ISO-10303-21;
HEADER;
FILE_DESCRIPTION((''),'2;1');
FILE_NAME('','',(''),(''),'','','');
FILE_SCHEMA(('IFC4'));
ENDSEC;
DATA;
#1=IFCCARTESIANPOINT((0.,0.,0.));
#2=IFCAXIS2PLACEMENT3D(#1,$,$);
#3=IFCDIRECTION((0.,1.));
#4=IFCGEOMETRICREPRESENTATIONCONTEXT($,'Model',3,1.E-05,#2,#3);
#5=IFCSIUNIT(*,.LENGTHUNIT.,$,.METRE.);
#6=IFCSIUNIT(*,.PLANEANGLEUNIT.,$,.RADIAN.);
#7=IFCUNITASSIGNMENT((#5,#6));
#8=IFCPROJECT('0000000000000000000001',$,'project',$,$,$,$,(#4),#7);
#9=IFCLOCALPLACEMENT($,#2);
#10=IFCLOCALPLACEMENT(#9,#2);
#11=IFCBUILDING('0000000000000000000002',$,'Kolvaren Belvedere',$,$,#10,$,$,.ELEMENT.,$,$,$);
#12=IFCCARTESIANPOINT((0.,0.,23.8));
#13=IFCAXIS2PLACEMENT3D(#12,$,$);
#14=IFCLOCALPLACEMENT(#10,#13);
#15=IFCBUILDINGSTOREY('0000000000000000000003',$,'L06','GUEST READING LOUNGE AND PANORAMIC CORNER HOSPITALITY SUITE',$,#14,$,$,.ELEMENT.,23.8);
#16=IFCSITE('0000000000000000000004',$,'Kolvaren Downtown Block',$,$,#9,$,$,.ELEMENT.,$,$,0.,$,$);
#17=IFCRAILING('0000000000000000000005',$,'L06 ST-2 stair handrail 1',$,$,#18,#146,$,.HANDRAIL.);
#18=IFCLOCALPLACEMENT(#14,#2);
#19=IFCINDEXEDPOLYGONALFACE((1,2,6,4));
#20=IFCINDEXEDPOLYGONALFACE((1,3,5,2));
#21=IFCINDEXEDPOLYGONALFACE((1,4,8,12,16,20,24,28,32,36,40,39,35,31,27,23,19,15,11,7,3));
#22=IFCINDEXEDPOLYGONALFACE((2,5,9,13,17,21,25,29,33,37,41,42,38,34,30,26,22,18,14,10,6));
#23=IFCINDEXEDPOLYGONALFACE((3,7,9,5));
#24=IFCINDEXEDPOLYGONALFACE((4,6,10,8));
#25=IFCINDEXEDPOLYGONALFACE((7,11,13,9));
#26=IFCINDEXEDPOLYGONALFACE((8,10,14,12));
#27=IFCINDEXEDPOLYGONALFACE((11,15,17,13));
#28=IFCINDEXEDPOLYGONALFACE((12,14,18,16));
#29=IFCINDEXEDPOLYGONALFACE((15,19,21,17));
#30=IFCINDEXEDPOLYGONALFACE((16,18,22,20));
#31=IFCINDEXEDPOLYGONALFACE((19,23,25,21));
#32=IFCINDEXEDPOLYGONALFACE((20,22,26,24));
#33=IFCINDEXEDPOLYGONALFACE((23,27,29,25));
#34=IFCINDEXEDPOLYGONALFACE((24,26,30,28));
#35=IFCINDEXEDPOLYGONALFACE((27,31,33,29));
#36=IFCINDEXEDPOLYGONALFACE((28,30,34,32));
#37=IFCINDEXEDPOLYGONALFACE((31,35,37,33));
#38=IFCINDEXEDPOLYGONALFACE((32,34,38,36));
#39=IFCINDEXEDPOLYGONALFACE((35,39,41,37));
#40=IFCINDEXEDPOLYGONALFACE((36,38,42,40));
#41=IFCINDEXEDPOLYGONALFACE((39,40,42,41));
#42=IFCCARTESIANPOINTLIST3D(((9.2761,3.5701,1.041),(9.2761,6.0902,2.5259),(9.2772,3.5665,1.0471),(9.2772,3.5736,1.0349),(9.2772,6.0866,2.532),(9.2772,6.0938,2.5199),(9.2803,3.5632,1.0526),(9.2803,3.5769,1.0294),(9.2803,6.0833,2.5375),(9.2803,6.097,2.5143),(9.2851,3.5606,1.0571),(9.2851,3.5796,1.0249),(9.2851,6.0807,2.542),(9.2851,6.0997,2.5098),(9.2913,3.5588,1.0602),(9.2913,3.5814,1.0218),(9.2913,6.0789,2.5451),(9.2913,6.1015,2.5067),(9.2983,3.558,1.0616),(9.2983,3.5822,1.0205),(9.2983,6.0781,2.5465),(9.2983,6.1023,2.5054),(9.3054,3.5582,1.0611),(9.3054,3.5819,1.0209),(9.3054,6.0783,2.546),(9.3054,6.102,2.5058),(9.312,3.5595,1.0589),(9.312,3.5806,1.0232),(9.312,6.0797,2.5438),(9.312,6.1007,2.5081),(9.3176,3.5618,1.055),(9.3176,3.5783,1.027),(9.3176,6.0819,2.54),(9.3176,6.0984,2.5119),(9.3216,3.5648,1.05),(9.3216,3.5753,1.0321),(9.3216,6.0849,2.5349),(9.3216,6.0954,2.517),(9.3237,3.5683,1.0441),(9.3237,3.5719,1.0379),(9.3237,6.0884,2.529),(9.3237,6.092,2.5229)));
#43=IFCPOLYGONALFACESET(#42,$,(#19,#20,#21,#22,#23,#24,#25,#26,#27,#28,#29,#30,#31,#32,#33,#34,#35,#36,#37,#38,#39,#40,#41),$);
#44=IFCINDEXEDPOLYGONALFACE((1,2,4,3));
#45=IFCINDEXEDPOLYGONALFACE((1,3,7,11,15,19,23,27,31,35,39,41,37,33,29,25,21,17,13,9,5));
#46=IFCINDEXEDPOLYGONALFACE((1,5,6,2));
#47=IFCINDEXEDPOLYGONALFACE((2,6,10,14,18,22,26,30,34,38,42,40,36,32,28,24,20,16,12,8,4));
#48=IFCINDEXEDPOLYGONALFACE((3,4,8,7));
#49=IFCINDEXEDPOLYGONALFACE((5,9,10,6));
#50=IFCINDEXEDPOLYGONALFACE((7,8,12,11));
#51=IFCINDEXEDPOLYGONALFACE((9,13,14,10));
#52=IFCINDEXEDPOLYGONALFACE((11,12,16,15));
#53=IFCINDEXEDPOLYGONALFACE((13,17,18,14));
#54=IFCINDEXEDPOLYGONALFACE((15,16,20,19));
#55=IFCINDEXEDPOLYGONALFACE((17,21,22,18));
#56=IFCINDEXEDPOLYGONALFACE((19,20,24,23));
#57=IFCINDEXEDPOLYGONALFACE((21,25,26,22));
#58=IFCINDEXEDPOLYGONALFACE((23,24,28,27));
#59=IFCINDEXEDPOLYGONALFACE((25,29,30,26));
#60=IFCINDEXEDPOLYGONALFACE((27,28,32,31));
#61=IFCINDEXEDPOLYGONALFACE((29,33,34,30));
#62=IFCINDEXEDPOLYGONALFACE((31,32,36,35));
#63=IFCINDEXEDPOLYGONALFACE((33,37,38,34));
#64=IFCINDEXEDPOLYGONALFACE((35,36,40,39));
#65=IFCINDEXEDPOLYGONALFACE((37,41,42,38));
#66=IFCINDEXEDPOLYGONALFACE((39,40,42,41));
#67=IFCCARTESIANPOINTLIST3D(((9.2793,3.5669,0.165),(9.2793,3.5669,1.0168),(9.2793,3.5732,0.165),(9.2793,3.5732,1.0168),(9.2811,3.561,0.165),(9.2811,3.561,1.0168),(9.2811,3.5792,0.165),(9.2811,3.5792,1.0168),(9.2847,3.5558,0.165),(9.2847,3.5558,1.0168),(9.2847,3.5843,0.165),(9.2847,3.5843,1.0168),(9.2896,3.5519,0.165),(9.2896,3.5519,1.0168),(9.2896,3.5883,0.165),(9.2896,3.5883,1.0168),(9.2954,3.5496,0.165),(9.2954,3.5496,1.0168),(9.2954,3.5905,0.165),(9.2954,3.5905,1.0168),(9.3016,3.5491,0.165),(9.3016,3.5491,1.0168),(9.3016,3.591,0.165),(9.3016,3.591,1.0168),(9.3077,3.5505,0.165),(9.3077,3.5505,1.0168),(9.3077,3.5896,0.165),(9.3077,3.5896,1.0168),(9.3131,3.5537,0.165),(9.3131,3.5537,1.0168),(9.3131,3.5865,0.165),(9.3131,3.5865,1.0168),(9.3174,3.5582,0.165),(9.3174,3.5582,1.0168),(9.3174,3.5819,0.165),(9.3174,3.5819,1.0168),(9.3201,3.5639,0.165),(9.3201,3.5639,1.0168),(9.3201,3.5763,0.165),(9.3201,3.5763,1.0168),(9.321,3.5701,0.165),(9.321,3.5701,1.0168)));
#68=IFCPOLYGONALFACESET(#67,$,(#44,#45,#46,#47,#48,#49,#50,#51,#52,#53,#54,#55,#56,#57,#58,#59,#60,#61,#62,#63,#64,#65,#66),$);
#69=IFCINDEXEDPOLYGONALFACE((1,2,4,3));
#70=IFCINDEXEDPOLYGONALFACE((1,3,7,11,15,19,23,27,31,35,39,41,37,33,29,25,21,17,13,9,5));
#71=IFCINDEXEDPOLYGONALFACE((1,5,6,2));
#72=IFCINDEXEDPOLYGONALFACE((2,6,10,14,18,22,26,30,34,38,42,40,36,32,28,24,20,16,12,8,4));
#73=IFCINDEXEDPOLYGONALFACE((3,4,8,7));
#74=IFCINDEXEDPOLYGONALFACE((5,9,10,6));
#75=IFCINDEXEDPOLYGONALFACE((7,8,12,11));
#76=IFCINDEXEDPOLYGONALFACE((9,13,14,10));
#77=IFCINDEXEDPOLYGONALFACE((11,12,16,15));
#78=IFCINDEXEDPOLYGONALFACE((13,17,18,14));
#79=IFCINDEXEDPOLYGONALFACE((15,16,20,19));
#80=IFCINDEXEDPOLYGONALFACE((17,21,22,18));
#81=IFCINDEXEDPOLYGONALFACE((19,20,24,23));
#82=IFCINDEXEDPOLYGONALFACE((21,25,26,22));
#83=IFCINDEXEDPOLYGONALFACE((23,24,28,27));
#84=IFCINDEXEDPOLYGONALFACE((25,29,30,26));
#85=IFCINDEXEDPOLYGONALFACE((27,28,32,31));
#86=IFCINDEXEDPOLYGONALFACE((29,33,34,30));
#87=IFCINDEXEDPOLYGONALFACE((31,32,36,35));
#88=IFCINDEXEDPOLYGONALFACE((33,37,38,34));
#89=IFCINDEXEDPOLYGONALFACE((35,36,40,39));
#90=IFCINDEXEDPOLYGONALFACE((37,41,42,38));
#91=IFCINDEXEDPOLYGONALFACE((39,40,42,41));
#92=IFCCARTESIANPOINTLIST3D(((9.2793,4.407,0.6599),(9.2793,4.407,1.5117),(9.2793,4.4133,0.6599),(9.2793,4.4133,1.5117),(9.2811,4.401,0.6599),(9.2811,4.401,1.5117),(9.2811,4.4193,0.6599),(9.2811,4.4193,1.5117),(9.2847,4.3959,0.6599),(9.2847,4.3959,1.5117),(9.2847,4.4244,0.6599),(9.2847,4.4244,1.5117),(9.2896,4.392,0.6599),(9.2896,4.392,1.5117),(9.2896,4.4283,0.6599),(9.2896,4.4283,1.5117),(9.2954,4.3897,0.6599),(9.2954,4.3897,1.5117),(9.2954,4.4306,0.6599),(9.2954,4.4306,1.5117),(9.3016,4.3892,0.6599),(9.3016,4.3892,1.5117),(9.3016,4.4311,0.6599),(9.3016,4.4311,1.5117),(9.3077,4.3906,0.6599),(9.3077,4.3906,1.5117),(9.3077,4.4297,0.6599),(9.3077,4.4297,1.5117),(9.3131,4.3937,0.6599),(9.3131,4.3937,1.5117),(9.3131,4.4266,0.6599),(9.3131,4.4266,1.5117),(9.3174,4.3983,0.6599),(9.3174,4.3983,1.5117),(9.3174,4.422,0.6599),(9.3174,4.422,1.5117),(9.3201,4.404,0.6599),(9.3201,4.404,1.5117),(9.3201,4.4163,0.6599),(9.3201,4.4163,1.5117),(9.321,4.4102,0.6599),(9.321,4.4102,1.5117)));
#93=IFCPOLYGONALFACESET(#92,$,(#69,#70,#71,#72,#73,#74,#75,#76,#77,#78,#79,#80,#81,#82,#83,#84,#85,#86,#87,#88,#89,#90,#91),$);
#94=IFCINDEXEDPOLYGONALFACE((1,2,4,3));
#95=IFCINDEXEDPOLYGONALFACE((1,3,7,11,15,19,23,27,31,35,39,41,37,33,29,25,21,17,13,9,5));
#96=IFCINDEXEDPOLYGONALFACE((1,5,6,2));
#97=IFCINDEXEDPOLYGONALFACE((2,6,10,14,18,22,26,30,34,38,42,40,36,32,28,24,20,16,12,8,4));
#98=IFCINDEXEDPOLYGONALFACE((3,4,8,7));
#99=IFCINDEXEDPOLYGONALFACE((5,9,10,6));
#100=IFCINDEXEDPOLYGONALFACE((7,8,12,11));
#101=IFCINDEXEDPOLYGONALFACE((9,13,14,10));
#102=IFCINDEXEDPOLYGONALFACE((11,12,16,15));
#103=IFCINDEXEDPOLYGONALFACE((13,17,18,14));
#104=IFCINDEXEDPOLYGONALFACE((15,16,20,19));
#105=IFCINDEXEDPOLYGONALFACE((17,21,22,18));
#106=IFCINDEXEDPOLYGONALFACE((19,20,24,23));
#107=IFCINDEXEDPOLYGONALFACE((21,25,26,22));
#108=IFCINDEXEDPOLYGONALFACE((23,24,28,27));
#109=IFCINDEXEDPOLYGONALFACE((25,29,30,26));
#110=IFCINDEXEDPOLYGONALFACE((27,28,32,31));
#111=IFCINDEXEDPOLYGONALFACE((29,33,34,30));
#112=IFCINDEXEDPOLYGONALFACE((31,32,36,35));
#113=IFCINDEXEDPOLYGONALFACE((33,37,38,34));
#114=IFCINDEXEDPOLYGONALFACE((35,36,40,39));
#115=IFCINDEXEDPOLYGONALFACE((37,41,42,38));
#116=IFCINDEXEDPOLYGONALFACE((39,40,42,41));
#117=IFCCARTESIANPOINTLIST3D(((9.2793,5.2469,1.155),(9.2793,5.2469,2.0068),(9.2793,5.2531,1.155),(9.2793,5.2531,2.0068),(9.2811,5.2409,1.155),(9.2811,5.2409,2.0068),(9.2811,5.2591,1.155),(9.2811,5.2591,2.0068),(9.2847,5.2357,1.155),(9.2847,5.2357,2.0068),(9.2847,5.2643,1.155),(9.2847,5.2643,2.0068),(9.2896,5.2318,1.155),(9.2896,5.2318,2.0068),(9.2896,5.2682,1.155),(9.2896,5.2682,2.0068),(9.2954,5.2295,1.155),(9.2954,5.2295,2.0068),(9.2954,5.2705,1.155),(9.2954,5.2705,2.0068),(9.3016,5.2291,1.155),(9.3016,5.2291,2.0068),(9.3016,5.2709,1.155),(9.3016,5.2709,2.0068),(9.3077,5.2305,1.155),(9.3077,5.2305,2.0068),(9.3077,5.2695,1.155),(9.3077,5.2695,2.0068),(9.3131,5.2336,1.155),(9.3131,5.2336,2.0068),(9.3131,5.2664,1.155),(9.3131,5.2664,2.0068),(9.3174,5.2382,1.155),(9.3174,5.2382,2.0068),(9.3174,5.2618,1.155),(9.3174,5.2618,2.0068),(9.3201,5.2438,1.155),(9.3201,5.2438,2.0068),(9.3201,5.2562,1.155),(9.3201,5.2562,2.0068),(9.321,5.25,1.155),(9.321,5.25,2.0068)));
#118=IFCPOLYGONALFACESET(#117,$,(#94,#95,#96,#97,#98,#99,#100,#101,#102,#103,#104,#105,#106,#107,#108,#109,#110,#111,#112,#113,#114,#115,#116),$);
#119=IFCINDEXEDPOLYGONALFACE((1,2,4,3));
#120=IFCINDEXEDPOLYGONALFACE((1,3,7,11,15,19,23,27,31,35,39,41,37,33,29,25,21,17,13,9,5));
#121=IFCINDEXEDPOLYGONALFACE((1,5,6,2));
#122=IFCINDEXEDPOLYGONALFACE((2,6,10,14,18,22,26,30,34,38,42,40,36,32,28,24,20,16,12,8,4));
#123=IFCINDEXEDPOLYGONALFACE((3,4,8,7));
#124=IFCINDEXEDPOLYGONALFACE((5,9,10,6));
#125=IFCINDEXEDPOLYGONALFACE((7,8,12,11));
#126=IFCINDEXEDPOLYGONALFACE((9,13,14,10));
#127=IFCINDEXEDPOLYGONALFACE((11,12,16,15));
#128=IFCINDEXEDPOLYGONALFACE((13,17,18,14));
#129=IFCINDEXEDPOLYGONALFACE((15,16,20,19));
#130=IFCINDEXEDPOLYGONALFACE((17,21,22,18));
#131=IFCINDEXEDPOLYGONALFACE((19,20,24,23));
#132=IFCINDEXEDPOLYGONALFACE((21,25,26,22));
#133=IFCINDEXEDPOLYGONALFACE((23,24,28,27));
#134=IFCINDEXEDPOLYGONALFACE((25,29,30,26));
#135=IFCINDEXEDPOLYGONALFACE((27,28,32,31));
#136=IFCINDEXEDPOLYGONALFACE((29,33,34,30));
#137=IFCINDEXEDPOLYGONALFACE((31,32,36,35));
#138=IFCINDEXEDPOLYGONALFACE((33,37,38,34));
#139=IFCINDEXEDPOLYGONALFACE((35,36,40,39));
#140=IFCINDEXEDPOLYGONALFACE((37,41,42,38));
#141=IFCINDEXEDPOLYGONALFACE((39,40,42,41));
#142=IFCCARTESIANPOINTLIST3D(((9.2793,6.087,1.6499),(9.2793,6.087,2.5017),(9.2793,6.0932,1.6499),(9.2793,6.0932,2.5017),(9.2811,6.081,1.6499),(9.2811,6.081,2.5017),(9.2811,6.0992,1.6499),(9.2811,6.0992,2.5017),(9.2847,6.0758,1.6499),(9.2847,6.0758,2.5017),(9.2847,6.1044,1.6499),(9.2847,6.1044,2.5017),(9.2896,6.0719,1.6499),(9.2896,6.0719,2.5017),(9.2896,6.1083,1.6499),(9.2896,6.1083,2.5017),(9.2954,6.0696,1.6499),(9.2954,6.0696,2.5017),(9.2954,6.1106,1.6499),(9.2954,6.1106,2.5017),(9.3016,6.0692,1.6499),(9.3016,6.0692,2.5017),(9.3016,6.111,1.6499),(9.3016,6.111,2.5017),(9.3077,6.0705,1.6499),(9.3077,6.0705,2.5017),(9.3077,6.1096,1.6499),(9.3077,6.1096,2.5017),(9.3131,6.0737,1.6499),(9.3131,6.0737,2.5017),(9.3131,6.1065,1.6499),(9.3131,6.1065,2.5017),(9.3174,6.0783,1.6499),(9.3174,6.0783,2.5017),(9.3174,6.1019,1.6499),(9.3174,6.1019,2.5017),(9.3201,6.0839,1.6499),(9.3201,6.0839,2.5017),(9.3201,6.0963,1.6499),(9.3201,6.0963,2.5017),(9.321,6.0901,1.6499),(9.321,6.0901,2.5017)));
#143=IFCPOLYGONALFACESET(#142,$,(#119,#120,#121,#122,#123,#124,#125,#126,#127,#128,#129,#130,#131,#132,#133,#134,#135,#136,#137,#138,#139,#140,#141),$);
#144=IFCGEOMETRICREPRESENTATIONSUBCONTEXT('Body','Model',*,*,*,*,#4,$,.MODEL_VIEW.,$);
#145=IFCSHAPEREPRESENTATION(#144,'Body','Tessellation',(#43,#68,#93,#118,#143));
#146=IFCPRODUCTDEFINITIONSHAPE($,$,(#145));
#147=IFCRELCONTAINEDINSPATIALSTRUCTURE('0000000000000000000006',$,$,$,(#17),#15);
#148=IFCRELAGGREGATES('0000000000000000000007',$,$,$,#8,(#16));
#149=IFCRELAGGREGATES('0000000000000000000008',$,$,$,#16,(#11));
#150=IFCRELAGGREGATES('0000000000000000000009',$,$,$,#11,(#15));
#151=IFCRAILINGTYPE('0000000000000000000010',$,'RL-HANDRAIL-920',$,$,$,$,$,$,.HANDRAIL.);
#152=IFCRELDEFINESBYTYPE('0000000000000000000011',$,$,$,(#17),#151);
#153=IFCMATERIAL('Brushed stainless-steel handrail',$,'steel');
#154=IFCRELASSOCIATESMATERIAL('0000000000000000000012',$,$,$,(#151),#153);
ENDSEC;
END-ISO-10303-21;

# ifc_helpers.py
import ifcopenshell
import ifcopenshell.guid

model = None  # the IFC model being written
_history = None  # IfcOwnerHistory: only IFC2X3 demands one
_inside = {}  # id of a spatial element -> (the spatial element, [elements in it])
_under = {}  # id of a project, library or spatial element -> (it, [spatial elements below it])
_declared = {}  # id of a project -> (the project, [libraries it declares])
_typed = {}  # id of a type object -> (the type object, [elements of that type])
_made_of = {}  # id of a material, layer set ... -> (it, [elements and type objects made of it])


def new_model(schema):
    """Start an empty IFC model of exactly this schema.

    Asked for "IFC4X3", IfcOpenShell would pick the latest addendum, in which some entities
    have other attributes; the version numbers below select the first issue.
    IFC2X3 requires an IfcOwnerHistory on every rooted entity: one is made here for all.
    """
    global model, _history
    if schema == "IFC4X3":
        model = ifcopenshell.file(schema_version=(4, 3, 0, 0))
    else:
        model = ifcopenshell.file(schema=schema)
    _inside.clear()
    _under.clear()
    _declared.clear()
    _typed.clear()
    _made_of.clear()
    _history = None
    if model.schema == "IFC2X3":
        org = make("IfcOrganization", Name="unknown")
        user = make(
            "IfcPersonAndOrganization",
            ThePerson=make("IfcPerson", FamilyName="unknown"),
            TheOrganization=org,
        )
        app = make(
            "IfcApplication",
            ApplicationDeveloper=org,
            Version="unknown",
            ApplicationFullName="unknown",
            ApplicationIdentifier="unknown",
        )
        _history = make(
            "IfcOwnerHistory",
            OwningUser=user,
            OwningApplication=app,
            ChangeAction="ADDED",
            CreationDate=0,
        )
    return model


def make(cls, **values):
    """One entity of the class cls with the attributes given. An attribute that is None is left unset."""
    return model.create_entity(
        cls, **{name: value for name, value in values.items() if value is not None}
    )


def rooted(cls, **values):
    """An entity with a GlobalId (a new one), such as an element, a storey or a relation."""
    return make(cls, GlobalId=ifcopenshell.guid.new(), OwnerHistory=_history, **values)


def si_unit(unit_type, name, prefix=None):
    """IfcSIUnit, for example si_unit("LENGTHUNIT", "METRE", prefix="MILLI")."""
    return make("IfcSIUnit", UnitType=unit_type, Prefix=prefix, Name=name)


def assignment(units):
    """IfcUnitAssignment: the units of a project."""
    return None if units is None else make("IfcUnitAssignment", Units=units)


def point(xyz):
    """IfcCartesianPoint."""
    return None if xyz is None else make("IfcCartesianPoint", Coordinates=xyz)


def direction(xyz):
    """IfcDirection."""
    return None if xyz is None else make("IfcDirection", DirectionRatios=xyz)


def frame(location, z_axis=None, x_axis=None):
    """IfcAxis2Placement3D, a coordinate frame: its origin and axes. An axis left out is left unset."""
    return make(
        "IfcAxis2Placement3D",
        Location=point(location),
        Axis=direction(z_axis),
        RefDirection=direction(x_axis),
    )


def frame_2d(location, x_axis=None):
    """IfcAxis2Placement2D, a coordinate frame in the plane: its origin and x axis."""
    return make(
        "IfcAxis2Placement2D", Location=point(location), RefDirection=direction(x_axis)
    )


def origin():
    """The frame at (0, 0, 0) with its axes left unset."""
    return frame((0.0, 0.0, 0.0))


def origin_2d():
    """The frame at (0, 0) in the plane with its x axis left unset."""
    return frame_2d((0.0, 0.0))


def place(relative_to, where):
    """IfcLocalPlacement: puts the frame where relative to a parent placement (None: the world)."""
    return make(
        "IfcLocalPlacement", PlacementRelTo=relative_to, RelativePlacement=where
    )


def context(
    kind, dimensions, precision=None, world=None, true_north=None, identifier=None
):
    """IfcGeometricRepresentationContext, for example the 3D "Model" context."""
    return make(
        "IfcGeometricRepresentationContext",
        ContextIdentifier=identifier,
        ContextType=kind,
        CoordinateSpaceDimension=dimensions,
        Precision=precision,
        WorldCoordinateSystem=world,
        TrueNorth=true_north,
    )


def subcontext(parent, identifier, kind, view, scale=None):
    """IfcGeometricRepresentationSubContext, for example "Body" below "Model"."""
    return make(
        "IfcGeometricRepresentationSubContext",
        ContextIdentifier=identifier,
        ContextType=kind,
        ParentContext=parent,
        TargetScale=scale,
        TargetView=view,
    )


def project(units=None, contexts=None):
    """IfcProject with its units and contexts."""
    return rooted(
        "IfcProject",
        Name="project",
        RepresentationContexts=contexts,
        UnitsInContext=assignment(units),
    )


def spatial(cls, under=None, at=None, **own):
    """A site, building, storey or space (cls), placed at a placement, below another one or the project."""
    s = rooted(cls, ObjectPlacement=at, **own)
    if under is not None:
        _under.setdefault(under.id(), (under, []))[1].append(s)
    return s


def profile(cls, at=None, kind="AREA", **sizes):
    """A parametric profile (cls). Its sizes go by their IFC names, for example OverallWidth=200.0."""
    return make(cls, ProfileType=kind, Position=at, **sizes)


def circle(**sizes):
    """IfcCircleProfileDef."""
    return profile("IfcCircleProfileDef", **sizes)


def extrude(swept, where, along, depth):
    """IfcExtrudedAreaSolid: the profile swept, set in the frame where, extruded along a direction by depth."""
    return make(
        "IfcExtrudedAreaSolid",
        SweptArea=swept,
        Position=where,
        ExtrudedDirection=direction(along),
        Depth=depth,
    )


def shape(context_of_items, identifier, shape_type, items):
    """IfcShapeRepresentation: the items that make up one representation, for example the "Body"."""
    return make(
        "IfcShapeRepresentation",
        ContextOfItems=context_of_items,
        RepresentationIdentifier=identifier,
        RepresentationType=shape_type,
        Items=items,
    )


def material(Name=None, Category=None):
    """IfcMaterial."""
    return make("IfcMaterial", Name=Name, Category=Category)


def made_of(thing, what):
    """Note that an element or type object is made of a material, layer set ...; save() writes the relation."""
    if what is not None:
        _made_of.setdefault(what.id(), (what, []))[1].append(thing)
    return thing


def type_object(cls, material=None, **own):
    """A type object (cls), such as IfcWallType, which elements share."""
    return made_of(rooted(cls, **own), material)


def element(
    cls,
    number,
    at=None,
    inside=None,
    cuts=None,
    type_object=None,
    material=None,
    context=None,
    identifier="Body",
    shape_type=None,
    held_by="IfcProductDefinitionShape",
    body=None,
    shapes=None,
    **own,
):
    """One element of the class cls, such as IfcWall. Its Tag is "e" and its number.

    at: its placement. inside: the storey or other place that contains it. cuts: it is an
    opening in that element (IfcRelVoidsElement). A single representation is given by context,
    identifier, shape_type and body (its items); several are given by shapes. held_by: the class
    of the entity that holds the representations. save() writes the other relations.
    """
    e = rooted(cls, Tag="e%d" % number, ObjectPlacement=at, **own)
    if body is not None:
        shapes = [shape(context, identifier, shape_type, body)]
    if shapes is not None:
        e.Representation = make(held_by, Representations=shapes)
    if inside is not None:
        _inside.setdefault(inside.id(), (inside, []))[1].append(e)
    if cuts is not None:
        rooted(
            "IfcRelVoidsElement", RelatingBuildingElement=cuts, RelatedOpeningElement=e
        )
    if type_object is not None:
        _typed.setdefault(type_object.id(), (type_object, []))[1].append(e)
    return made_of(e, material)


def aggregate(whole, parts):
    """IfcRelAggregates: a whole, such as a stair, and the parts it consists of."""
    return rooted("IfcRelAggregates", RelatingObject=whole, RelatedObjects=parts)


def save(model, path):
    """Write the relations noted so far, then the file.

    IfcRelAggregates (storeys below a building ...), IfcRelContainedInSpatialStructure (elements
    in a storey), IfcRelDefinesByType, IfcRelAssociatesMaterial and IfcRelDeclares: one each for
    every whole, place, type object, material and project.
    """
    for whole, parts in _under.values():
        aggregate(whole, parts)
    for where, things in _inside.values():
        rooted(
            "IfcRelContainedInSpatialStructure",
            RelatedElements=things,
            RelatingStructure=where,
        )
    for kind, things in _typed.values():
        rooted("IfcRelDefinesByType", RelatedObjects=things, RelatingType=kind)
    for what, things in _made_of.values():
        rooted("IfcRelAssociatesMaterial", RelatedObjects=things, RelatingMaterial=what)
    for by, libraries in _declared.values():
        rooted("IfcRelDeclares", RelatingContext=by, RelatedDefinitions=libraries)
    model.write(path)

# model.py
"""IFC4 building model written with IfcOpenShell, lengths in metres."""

from ifc_helpers import new_model, si_unit, direction, frame, origin, origin_2d, place, context, subcontext, project, spatial, circle, extrude, material, type_object, element, save


model = new_model("IFC4")

# Units and contexts
model_context = context("Model", 3, precision=1e-05, world=origin(), true_north=direction((0.0, 1.0)))
body_context = subcontext(model_context, "Body", "Model", "MODEL_VIEW")
ifc_project = project(units=[si_unit("LENGTHUNIT", "METRE"), si_unit("PLANEANGLEUNIT", "RADIAN")], contexts=[model_context])

# Site, building, storey
site_placement = place(None, origin())
site = spatial("IfcSite", under=ifc_project, at=site_placement, Name="Kolvaren Downtown Block", CompositionType="ELEMENT", RefElevation=0.0)
building_placement = place(site_placement, origin())
building = spatial("IfcBuilding", under=site, at=building_placement, Name="Kolvaren Belvedere", CompositionType="ELEMENT")
storey_placement = place(building_placement, frame((0.0, 0.0, 23.8)))
storey = spatial("IfcBuildingStorey", under=building, at=storey_placement, Name="L06", Description="GUEST READING LOUNGE AND PANORAMIC CORNER HOSPITALITY SUITE", CompositionType="ELEMENT", Elevation=23.8)

# Railing
ifc_material_1 = material(Name="Brushed stainless-steel handrail", Category="steel")
railing_type_1 = type_object("IfcRailingType", Name="RL-HANDRAIL-920", PredefinedType="HANDRAIL", material=ifc_material_1)
railing_1_placement = place(storey_placement, frame((9.3, 3.5701, 0.165)))
element("IfcRailing", 1, at=railing_1_placement, inside=storey, type_object=railing_type_1, Name="L06 ST-2 stair handrail 1", PredefinedType="HANDRAIL", context=body_context, shape_type="SweptSolid", body=[
    extrude(circle(Radius=0.0239, at=origin_2d()), frame((0.0, 0.0, 0.876), z_axis=(0.0, 0.861561, 0.507655), x_axis=(-1.0, 0.0, 0.0)), (0.0, 0.0, 1.0), 2.925),
    extrude(circle(Radius=0.021, at=origin_2d()), origin(), (0.0, 0.0, 1.0), 0.8518),
    extrude(circle(Radius=0.021, at=origin_2d()), frame((0.0, 0.8401, 0.4949)), (0.0, 0.0, 1.0), 0.8518),
    extrude(circle(Radius=0.021, at=origin_2d()), frame((0.0, 1.6799, 0.99)), (0.0, 0.0, 1.0), 0.8518),
    extrude(circle(Radius=0.021, at=origin_2d()), frame((0.0, 2.52, 1.4849)), (0.0, 0.0, 1.0), 0.8518),
])

save(model, "model.ifc")
